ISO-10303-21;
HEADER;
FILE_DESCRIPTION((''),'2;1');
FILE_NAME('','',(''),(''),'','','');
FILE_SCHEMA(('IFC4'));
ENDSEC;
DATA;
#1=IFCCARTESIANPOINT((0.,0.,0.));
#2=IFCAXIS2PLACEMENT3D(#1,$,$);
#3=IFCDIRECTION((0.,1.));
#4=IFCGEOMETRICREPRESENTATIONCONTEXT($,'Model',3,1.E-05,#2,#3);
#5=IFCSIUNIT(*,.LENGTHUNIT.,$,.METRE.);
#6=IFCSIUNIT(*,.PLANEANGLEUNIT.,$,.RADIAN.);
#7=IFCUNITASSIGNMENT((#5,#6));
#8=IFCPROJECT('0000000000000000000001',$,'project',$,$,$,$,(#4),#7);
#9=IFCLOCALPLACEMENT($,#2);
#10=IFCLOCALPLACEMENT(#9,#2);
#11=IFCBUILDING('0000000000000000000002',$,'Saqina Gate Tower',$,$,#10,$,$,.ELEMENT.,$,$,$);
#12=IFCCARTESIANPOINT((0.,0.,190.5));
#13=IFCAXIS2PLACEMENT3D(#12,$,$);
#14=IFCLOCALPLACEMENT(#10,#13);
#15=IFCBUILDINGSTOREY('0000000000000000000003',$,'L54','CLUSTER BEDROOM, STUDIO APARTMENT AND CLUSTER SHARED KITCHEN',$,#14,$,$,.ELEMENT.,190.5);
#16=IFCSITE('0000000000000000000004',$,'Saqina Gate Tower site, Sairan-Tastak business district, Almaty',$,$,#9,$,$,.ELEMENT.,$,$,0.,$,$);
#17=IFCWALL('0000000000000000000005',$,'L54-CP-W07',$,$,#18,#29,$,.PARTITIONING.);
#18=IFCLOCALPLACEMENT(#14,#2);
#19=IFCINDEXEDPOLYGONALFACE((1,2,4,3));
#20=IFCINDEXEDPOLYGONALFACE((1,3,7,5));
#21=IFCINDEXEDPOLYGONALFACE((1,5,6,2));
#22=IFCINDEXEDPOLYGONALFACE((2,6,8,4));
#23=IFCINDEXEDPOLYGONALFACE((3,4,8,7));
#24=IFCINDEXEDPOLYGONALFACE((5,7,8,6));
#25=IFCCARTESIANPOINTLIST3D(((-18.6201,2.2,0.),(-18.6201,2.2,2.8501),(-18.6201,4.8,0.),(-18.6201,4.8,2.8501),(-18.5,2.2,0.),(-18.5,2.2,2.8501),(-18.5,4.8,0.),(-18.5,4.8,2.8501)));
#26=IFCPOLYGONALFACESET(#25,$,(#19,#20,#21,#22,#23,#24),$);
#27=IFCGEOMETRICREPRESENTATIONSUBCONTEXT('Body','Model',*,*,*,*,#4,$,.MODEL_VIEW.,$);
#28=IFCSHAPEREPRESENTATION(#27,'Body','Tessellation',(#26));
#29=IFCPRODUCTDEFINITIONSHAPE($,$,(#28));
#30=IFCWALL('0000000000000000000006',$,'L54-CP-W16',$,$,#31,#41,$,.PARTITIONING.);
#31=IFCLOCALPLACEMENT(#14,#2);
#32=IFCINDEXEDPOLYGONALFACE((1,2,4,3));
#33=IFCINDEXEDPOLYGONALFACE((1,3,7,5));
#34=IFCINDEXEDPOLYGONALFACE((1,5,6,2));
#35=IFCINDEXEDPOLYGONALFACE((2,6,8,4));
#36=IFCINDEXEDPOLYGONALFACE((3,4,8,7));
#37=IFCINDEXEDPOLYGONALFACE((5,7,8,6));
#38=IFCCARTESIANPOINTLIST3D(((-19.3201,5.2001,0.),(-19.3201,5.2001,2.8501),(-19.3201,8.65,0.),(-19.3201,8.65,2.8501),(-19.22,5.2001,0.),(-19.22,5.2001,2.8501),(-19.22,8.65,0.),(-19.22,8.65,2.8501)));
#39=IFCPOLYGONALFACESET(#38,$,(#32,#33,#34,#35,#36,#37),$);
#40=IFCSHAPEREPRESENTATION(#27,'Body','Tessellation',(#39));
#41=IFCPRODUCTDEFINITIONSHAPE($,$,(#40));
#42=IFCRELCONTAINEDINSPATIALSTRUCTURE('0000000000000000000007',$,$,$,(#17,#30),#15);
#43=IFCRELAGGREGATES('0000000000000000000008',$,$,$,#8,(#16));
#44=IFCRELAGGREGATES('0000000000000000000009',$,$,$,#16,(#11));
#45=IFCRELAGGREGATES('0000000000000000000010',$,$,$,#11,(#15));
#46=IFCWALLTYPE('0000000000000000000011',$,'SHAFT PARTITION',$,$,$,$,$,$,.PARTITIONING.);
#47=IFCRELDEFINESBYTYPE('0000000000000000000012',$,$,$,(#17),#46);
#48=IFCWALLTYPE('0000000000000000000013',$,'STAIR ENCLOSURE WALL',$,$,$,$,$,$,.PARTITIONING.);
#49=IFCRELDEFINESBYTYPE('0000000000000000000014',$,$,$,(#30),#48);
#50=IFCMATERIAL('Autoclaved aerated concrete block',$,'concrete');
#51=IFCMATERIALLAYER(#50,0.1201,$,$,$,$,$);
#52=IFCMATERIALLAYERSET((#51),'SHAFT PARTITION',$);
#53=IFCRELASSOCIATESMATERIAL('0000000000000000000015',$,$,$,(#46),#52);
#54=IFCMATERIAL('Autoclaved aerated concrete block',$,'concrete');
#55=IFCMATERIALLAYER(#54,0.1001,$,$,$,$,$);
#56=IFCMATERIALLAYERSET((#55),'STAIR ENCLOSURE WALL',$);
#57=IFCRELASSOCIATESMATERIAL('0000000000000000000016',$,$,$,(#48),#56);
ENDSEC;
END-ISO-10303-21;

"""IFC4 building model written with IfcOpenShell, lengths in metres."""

from ifc_helpers import new_model, si_unit, direction, frame, frame_2d, origin, place, context, subcontext, project, spatial, rectangle, extrude, material, layer, layer_set, type_object, element, save


model = new_model("IFC4")

# Units and contexts
model_context = context("Model", 3, precision=1e-05, world=origin(), true_north=direction((0.0, 1.0)))
body_context = subcontext(model_context, "Body", "Model", "MODEL_VIEW")
ifc_project = project(units=[si_unit("LENGTHUNIT", "METRE"), si_unit("PLANEANGLEUNIT", "RADIAN")], contexts=[model_context])

# Site, building, storey
site_placement = place(None, origin())
site = spatial("IfcSite", under=ifc_project, at=site_placement, Name="Saqina Gate Tower site, Sairan-Tastak business district, Almaty", CompositionType="ELEMENT", RefElevation=0.0)
building_placement = place(site_placement, origin())
building = spatial("IfcBuilding", under=site, at=building_placement, Name="Saqina Gate Tower", CompositionType="ELEMENT")
storey_placement = place(building_placement, frame((0.0, 0.0, 190.5)))
storey = spatial("IfcBuildingStorey", under=building, at=storey_placement, Name="L54", Description="CLUSTER BEDROOM, STUDIO APARTMENT AND CLUSTER SHARED KITCHEN", CompositionType="ELEMENT", Elevation=190.5)

# Walls
ifc_material_1 = material(Name="Autoclaved aerated concrete block", Category="concrete")
ifc_layer_1 = layer(ifc_material_1, 0.1201)
ifc_layer_set_1 = layer_set([ifc_layer_1], Name="SHAFT PARTITION")
wall_type_1 = type_object("IfcWallType", Name="SHAFT PARTITION", PredefinedType="PARTITIONING", material=ifc_layer_set_1)
wall_1_placement = place(storey_placement, frame((-18.5601, 2.2, 0.0), z_axis=(0.0, 0.0, 1.0), x_axis=(0.0, 1.0, 0.0)))
element("IfcWall", 1, at=wall_1_placement, inside=storey, type_object=wall_type_1, Name="L54-CP-W07", PredefinedType="PARTITIONING", context=body_context, shape_type="SweptSolid", body=[
    extrude(rectangle(XDim=2.6001, YDim=0.1201, at=frame_2d((1.3, 0.0))), origin(), (0.0, 0.0, 1.0), 2.8501),
])
ifc_material_2 = material(Name="Autoclaved aerated concrete block", Category="concrete")
ifc_layer_2 = layer(ifc_material_2, 0.1001)
ifc_layer_set_2 = layer_set([ifc_layer_2], Name="STAIR ENCLOSURE WALL")
wall_type_2 = type_object("IfcWallType", Name="STAIR ENCLOSURE WALL", PredefinedType="PARTITIONING", material=ifc_layer_set_2)
wall_2_placement = place(storey_placement, frame((-19.27, 5.2, 0.0), z_axis=(0.0, 0.0, 1.0), x_axis=(0.0, 1.0, 0.0)))
element("IfcWall", 2, at=wall_2_placement, inside=storey, type_object=wall_type_2, Name="L54-CP-W16", PredefinedType="PARTITIONING", context=body_context, shape_type="SweptSolid", body=[
    extrude(rectangle(XDim=3.45, YDim=0.1001, at=frame_2d((1.7251, 0.0))), origin(), (0.0, 0.0, 1.0), 2.8501),
])

save(model, "model.ifc")
